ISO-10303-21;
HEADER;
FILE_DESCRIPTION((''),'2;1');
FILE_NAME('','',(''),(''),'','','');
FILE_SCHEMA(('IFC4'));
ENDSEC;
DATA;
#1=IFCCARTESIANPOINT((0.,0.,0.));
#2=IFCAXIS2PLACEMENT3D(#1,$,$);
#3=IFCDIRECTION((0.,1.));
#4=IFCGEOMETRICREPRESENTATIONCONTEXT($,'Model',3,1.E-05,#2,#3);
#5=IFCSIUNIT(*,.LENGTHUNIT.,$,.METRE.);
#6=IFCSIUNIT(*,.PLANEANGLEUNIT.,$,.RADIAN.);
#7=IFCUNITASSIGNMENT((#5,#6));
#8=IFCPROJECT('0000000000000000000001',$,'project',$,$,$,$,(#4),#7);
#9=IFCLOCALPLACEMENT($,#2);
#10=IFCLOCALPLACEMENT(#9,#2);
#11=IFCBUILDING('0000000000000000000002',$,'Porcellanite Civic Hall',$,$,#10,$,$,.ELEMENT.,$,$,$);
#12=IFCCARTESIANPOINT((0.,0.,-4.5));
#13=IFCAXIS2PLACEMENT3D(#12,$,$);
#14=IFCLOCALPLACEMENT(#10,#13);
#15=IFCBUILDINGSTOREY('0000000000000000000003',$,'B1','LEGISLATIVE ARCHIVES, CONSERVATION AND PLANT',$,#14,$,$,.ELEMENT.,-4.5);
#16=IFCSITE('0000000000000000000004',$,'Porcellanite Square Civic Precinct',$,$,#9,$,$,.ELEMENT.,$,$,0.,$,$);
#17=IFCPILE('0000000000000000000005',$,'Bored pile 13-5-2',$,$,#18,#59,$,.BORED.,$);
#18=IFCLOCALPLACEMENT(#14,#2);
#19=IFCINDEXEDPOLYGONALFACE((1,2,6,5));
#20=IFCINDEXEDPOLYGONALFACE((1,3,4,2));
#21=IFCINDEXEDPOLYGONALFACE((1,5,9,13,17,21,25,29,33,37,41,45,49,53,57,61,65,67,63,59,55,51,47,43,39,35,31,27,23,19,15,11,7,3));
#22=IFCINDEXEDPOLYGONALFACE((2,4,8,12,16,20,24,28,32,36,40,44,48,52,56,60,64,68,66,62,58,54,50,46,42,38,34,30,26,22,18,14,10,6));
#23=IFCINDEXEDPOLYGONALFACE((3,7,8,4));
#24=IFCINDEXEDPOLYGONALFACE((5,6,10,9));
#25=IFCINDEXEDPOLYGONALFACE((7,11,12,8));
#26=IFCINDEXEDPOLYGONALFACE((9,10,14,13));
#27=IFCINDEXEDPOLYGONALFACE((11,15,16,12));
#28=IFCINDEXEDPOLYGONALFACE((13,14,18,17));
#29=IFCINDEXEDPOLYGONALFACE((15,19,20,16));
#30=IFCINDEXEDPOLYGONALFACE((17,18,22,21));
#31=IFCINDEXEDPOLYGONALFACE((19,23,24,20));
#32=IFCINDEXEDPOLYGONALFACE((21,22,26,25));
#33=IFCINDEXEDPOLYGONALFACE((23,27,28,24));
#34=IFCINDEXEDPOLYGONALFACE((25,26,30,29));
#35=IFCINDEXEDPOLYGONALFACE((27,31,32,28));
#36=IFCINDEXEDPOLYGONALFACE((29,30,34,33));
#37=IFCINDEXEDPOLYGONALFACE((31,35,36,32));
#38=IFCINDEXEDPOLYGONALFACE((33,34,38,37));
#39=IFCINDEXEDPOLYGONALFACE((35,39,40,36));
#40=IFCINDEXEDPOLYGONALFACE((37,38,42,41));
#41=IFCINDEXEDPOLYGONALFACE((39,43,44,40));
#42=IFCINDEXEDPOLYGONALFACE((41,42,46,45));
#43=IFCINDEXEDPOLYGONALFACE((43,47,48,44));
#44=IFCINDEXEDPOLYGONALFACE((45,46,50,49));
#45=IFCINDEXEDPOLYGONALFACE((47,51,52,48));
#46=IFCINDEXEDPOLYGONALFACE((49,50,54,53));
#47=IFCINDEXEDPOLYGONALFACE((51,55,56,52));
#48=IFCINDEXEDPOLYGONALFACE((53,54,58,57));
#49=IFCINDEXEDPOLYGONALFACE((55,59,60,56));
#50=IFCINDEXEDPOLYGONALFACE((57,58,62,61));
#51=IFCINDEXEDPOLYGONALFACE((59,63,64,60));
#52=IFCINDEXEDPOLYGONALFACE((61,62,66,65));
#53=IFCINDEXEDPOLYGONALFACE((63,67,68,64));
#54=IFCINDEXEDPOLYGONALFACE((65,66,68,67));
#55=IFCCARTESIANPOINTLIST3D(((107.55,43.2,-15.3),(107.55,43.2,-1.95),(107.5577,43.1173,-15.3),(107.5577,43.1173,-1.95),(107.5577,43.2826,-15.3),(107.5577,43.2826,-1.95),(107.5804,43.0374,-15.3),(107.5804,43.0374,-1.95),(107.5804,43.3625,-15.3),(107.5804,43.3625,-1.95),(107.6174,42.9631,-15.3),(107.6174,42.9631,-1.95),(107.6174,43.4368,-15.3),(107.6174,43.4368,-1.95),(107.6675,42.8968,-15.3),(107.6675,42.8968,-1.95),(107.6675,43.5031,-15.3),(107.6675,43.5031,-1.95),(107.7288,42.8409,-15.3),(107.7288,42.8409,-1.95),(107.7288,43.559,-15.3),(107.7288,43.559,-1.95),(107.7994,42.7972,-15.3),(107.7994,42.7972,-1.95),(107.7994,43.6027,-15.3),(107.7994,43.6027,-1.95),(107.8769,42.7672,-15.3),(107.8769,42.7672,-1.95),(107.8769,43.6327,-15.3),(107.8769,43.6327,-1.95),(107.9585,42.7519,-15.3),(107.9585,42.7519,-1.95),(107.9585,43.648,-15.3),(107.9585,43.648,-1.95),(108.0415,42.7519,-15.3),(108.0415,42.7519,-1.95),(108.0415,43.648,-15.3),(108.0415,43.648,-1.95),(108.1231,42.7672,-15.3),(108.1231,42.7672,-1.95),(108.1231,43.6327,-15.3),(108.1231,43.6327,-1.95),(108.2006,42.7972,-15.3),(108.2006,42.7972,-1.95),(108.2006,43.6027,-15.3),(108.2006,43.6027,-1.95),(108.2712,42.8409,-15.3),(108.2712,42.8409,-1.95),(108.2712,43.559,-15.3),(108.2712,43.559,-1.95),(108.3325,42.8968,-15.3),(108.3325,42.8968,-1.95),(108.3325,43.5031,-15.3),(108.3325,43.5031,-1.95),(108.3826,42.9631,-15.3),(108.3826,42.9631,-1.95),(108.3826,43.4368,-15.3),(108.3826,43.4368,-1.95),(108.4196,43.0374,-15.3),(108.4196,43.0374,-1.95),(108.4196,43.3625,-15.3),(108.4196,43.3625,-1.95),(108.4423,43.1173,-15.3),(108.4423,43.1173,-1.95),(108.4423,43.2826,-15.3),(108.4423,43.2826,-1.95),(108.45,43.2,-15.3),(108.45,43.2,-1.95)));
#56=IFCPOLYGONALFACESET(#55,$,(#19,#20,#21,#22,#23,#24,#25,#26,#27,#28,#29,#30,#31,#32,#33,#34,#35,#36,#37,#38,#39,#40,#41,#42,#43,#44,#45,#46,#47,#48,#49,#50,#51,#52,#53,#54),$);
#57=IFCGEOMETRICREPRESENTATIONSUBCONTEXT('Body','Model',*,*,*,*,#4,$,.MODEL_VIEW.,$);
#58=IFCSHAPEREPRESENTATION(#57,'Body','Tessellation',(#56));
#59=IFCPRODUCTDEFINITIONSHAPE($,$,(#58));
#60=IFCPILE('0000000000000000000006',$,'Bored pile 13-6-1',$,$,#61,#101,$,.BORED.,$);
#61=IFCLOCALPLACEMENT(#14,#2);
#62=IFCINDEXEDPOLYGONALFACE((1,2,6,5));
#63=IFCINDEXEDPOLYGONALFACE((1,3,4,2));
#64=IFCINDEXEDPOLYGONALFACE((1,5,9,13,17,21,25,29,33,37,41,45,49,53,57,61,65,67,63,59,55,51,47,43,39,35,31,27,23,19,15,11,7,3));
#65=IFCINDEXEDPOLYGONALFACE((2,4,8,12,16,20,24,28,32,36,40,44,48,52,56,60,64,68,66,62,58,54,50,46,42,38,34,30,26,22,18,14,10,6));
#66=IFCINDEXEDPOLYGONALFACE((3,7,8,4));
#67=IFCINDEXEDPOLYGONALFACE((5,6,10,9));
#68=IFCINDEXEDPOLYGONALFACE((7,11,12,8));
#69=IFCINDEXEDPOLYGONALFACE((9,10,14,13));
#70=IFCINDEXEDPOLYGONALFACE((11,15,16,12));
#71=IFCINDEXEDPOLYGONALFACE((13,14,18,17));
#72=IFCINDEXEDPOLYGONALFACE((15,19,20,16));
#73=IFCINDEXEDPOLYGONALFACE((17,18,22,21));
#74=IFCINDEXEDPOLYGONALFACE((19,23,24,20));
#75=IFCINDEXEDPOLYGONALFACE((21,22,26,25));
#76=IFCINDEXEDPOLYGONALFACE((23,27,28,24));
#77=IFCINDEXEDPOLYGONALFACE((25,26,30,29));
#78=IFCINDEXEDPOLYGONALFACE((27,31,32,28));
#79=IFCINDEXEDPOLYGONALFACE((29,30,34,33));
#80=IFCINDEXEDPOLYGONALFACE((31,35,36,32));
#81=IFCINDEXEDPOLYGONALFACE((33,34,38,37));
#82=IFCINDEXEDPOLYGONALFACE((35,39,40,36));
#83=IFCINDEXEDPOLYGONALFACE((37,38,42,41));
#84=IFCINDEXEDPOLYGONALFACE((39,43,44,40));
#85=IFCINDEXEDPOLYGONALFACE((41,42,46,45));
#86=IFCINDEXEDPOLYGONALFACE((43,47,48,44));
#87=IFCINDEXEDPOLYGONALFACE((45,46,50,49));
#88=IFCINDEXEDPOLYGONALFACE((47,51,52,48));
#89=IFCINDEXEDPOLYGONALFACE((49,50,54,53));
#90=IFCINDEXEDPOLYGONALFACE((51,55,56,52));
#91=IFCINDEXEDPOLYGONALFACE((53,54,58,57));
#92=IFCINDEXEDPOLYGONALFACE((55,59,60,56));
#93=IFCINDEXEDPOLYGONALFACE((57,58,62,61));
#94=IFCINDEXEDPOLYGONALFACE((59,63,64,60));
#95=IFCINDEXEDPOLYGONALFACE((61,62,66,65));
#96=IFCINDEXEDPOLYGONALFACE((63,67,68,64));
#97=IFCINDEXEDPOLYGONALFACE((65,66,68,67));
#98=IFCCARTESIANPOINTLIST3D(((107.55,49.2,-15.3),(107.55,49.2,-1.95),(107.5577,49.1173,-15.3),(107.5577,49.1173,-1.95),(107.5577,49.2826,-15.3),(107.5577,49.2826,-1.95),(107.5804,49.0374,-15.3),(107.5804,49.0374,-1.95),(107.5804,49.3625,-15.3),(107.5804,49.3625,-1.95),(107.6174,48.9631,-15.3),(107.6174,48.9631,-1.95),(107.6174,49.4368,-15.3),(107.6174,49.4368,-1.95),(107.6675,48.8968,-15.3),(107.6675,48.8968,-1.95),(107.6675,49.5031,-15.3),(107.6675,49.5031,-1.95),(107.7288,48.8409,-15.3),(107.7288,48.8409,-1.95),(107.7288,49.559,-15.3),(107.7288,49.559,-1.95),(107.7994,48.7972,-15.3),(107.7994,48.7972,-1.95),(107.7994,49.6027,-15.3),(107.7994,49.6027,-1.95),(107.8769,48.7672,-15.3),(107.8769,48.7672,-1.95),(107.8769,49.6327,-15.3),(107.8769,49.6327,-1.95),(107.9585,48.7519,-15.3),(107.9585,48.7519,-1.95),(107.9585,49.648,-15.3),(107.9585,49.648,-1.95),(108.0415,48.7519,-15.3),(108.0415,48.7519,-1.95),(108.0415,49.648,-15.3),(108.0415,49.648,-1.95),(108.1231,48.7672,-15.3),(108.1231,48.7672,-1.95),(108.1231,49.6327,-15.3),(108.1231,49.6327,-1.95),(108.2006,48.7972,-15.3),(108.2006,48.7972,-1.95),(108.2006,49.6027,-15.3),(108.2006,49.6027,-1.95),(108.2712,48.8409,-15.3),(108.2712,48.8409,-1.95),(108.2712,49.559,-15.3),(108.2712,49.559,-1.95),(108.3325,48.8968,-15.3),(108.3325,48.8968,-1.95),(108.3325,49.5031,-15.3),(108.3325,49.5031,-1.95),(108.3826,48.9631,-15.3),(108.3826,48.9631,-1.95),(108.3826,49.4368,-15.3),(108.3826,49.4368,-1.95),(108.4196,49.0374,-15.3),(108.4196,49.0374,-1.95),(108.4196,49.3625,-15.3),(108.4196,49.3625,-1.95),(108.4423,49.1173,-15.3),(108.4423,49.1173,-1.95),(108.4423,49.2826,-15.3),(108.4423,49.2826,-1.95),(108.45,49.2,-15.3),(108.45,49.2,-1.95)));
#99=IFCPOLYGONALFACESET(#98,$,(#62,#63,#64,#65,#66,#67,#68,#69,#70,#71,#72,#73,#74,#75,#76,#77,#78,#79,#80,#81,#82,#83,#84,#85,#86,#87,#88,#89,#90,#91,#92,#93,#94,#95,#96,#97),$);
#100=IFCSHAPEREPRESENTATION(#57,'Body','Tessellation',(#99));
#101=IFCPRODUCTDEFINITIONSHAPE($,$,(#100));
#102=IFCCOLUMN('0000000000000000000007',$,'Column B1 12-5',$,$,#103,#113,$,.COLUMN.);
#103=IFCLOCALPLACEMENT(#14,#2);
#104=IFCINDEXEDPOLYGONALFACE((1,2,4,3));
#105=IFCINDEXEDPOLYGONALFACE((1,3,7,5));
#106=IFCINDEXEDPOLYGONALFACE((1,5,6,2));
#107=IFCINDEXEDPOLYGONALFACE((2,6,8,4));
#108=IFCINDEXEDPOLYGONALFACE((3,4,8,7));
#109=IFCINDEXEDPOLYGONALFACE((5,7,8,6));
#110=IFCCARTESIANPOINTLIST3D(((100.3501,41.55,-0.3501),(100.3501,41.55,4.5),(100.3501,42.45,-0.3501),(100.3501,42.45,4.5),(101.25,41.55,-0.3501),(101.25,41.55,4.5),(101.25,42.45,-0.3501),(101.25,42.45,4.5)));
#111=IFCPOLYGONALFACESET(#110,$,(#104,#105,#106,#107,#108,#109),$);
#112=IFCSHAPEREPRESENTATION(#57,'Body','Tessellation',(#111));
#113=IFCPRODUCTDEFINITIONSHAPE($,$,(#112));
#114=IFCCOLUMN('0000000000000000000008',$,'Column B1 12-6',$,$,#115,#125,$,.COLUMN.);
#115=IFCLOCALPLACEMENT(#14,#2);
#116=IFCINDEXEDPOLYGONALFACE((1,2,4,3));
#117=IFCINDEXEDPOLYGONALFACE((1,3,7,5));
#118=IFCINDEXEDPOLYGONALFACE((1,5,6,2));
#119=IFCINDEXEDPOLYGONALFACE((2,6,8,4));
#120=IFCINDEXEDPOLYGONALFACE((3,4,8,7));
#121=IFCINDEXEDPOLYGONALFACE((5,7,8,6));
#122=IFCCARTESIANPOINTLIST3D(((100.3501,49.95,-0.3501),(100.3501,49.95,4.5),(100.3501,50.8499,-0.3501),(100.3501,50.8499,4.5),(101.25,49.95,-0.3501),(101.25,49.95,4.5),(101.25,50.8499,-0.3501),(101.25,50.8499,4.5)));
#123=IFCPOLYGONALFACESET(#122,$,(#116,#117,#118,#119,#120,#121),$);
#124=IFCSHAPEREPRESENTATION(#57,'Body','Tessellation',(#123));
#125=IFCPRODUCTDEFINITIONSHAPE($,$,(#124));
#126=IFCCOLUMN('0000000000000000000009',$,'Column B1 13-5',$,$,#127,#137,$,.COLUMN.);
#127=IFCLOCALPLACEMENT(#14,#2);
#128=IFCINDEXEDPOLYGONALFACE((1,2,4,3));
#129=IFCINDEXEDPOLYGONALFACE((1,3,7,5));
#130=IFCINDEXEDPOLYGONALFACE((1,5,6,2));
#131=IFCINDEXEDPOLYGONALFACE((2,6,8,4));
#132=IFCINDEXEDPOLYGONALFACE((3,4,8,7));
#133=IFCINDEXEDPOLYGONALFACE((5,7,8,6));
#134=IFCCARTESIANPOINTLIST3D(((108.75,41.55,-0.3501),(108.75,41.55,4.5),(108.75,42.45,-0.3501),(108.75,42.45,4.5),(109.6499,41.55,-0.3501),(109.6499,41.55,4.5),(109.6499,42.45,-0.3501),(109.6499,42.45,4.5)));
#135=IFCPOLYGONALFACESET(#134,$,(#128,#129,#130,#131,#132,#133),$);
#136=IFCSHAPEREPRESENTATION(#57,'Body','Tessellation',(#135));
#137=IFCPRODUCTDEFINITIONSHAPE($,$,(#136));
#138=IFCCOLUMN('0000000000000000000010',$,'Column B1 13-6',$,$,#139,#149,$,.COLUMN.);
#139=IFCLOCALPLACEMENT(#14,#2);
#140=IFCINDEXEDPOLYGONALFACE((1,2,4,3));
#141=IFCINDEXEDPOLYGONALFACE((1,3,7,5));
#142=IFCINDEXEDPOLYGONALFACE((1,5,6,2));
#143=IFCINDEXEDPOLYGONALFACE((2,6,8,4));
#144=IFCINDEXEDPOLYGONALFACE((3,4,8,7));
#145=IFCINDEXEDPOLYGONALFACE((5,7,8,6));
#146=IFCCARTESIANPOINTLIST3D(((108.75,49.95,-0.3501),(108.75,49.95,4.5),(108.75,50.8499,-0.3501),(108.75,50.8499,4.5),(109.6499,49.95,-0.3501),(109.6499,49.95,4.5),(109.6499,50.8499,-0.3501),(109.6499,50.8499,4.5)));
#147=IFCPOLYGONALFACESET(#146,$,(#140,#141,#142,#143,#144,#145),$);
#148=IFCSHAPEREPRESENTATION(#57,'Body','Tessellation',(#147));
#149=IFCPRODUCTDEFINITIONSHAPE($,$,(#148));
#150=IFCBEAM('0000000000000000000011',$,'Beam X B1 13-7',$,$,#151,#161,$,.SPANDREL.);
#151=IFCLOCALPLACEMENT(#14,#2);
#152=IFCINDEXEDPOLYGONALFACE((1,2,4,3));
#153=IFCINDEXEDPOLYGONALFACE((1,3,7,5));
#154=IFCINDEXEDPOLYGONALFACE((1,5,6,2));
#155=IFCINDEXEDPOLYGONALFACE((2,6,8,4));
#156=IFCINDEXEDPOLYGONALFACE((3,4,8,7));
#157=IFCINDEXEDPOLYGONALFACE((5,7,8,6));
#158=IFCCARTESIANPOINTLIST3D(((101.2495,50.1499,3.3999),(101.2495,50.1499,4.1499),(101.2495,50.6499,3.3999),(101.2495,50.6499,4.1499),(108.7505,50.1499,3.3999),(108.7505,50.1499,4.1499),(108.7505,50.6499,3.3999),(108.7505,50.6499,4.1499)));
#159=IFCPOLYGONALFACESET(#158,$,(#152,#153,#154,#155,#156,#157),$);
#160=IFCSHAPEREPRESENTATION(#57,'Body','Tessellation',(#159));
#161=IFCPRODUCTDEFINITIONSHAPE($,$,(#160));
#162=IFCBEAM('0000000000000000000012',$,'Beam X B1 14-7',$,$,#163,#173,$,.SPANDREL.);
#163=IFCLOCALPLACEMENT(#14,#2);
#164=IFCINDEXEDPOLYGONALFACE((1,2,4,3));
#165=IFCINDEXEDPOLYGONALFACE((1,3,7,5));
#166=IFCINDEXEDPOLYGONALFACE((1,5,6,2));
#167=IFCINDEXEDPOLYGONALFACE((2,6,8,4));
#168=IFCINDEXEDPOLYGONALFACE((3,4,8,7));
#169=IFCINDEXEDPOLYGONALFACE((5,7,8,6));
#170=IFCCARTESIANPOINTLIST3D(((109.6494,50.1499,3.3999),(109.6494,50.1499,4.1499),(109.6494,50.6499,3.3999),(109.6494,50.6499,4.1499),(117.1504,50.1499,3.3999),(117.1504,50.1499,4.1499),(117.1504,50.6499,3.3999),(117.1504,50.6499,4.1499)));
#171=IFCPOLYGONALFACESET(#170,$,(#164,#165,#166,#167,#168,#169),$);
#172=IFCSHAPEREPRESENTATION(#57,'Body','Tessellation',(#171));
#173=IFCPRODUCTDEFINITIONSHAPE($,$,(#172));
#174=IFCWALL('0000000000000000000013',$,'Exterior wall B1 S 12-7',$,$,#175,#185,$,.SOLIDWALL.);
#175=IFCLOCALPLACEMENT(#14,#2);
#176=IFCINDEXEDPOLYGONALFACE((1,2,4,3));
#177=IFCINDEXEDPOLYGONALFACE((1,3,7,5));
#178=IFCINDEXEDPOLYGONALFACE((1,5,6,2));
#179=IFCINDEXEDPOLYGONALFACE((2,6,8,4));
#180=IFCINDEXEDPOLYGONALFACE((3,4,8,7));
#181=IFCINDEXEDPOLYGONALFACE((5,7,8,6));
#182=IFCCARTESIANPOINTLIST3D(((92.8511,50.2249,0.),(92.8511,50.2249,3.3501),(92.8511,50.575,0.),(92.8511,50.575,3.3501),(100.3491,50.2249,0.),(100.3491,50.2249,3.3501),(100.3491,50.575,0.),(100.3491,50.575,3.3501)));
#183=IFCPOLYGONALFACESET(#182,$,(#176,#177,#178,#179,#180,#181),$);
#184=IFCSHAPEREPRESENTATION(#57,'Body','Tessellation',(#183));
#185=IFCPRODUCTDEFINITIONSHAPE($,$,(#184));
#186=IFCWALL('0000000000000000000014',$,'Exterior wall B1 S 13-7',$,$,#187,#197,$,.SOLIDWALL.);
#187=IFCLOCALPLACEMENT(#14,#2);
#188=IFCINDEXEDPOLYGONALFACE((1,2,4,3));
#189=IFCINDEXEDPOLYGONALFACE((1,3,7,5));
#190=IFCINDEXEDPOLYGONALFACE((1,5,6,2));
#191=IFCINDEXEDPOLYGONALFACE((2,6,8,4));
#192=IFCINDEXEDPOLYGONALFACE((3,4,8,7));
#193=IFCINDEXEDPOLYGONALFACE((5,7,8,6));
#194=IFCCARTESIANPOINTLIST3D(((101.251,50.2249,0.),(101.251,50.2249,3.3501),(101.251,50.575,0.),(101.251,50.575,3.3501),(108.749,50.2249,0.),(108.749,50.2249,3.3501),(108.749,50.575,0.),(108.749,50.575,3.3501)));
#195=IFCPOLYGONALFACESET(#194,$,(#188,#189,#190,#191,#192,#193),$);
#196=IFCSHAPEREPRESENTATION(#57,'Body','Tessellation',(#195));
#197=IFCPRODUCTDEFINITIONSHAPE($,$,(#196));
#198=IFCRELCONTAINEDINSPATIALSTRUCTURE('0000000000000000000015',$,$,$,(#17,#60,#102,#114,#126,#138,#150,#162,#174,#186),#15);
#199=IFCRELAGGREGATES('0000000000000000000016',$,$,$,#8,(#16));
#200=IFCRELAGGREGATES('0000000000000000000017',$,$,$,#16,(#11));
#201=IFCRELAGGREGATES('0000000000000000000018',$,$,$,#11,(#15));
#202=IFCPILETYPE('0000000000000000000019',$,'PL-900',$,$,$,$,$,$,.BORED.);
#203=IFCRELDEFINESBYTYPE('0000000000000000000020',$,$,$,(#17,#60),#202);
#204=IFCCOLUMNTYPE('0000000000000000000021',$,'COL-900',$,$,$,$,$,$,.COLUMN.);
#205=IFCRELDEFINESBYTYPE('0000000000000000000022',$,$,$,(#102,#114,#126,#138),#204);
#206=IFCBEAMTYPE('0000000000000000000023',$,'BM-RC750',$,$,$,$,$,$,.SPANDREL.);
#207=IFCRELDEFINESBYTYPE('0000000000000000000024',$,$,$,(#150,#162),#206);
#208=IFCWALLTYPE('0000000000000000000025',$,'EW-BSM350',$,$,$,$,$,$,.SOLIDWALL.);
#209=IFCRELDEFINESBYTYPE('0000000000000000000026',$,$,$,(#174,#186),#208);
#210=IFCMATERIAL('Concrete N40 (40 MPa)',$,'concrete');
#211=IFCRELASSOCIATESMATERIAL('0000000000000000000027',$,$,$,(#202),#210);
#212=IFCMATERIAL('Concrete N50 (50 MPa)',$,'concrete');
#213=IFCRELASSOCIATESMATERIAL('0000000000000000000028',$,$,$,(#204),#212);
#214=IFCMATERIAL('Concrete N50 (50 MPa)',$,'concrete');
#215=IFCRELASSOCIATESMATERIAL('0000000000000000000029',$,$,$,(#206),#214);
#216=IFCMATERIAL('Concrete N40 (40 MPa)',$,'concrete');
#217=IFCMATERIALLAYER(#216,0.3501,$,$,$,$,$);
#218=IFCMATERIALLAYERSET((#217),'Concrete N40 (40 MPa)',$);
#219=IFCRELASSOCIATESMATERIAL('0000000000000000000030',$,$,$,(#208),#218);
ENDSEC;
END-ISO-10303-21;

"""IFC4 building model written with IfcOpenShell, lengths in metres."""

from ifc_helpers import new_model, si_unit, direction, frame, frame_2d, origin, origin_2d, place, context, subcontext, project, spatial, rectangle, circle, extrude, material, layer, layer_set, material_profile, profile_set, type_object, element, save


model = new_model("IFC4")

# Units and contexts
model_context = context("Model", 3, precision=1e-05, world=origin(), true_north=direction((0.0, 1.0)))
body_context = subcontext(model_context, "Body", "Model", "MODEL_VIEW")
ifc_project = project(units=[si_unit("LENGTHUNIT", "METRE"), si_unit("PLANEANGLEUNIT", "RADIAN")], contexts=[model_context])

# Site, building, storey
site_placement = place(None, origin())
site = spatial("IfcSite", under=ifc_project, at=site_placement, Name="Porcellanite Square Civic Precinct", CompositionType="ELEMENT", RefElevation=0.0)
building_placement = place(site_placement, origin())
building = spatial("IfcBuilding", under=site, at=building_placement, Name="Porcellanite Civic Hall", CompositionType="ELEMENT")
storey_placement = place(building_placement, frame((0.0, 0.0, -4.5)))
storey = spatial("IfcBuildingStorey", under=building, at=storey_placement, Name="B1", Description="LEGISLATIVE ARCHIVES, CONSERVATION AND PLANT", CompositionType="ELEMENT", Elevation=-4.5)

# Piles
ifc_material_1 = material(Name="Concrete N40 (40 MPa)", Category="concrete")
ifc_material_profile_1 = material_profile(ifc_material_1, circle(Radius=0.45, at=origin_2d()), Name="PILE-D900")
ifc_profile_set_1 = profile_set([ifc_material_profile_1], Name="Concrete N40 (40 MPa)")
pile_type = type_object("IfcPileType", Name="PL-900", PredefinedType="BORED", material=ifc_profile_set_1)
for number, where, z_axis, x_axis, name in (
    (1, (108.0, 43.2, -1.95), (0.0, 0.0, -1.0), (1.0, 0.0, 0.0), "Bored pile 13-5-2"),
    (2, (108.0, 49.2, -1.95), (0.0, 0.0, -1.0), (1.0, 0.0, 0.0), "Bored pile 13-6-1"),
):
    element("IfcPile", number, at=place(storey_placement, frame(where, z_axis=z_axis, x_axis=x_axis)), inside=storey, type_object=pile_type, Name=name, PredefinedType="BORED", context=body_context, shape_type="SweptSolid", body=[
        extrude(circle(Radius=0.45, at=origin_2d()), origin(), (0.0, 0.0, 1.0), 13.3501),
    ])

# Columns
ifc_material_2 = material(Name="Concrete N50 (50 MPa)", Category="concrete")
ifc_material_profile_2 = material_profile(ifc_material_2, rectangle(XDim=0.8999, YDim=0.8999, at=origin_2d()), Name="RC-900x900")
ifc_profile_set_2 = profile_set([ifc_material_profile_2], Name="Concrete N50 (50 MPa)")
column_type = type_object("IfcColumnType", Name="COL-900", PredefinedType="COLUMN", material=ifc_profile_set_2)
for number, where, z_axis, x_axis, name in (
    (3, (100.8, 42.0, -0.3501), (0.0, 0.0, 1.0), (1.0, 0.0, 0.0), "Column B1 12-5"),
    (4, (100.8, 50.3999, -0.3501), (0.0, 0.0, 1.0), (1.0, 0.0, 0.0), "Column B1 12-6"),
    (5, (109.2, 42.0, -0.3501), (0.0, 0.0, 1.0), (1.0, 0.0, 0.0), "Column B1 13-5"),
    (6, (109.2, 50.3999, -0.3501), (0.0, 0.0, 1.0), (1.0, 0.0, 0.0), "Column B1 13-6"),
):
    element("IfcColumn", number, at=place(storey_placement, frame(where, z_axis=z_axis, x_axis=x_axis)), inside=storey, type_object=column_type, Name=name, PredefinedType="COLUMN", context=body_context, shape_type="SweptSolid", body=[
        extrude(rectangle(XDim=0.8999, YDim=0.8999, at=origin_2d()), origin(), (0.0, 0.0, 1.0), 4.8501),
    ])

# Beams
ifc_material_3 = material(Name="Concrete N50 (50 MPa)", Category="concrete")
ifc_material_profile_3 = material_profile(ifc_material_3, rectangle(XDim=0.5, YDim=0.75, at=origin_2d()), Name="RC-500x750")
ifc_profile_set_3 = profile_set([ifc_material_profile_3], Name="Concrete N50 (50 MPa)")
beam_type = type_object("IfcBeamType", Name="BM-RC750", PredefinedType="SPANDREL", material=ifc_profile_set_3)
for number, where, z_axis, x_axis, name in (
    (7, (101.2495, 50.3999, 3.7749), (1.0, 0.0, 0.0), (0.0, 1.0, 0.0), "Beam X B1 13-7"),
    (8, (109.6494, 50.3999, 3.7749), (1.0, 0.0, 0.0), (0.0, 1.0, 0.0), "Beam X B1 14-7"),
):
    element("IfcBeam", number, at=place(storey_placement, frame(where, z_axis=z_axis, x_axis=x_axis)), inside=storey, type_object=beam_type, Name=name, PredefinedType="SPANDREL", context=body_context, shape_type="SweptSolid", body=[
        extrude(rectangle(XDim=0.5, YDim=0.75, at=origin_2d()), origin(), (0.0, 0.0, 1.0), 7.501),
    ])

# Walls
ifc_material_4 = material(Name="Concrete N40 (40 MPa)", Category="concrete")
ifc_layer = layer(ifc_material_4, 0.3501)
ifc_layer_set = layer_set([ifc_layer], Name="Concrete N40 (40 MPa)")
wall_type = type_object("IfcWallType", Name="EW-BSM350", PredefinedType="SOLIDWALL", material=ifc_layer_set)
for number, where, z_axis, x_axis, name in (
    (9, (100.3491, 50.3999, 0.0), (0.0, 0.0, 1.0), (-1.0, 0.0, 0.0), "Exterior wall B1 S 12-7"),
    (10, (108.749, 50.3999, 0.0), (0.0, 0.0, 1.0), (-1.0, 0.0, 0.0), "Exterior wall B1 S 13-7"),
):
    element("IfcWall", number, at=place(storey_placement, frame(where, z_axis=z_axis, x_axis=x_axis)), inside=storey, type_object=wall_type, Name=name, PredefinedType="SOLIDWALL", context=body_context, shape_type="SweptSolid", body=[
        extrude(rectangle(XDim=7.498, YDim=0.3501, at=frame_2d((3.749, 0.0))), origin(), (0.0, 0.0, 1.0), 3.3501),
    ])

save(model, "model.ifc")
